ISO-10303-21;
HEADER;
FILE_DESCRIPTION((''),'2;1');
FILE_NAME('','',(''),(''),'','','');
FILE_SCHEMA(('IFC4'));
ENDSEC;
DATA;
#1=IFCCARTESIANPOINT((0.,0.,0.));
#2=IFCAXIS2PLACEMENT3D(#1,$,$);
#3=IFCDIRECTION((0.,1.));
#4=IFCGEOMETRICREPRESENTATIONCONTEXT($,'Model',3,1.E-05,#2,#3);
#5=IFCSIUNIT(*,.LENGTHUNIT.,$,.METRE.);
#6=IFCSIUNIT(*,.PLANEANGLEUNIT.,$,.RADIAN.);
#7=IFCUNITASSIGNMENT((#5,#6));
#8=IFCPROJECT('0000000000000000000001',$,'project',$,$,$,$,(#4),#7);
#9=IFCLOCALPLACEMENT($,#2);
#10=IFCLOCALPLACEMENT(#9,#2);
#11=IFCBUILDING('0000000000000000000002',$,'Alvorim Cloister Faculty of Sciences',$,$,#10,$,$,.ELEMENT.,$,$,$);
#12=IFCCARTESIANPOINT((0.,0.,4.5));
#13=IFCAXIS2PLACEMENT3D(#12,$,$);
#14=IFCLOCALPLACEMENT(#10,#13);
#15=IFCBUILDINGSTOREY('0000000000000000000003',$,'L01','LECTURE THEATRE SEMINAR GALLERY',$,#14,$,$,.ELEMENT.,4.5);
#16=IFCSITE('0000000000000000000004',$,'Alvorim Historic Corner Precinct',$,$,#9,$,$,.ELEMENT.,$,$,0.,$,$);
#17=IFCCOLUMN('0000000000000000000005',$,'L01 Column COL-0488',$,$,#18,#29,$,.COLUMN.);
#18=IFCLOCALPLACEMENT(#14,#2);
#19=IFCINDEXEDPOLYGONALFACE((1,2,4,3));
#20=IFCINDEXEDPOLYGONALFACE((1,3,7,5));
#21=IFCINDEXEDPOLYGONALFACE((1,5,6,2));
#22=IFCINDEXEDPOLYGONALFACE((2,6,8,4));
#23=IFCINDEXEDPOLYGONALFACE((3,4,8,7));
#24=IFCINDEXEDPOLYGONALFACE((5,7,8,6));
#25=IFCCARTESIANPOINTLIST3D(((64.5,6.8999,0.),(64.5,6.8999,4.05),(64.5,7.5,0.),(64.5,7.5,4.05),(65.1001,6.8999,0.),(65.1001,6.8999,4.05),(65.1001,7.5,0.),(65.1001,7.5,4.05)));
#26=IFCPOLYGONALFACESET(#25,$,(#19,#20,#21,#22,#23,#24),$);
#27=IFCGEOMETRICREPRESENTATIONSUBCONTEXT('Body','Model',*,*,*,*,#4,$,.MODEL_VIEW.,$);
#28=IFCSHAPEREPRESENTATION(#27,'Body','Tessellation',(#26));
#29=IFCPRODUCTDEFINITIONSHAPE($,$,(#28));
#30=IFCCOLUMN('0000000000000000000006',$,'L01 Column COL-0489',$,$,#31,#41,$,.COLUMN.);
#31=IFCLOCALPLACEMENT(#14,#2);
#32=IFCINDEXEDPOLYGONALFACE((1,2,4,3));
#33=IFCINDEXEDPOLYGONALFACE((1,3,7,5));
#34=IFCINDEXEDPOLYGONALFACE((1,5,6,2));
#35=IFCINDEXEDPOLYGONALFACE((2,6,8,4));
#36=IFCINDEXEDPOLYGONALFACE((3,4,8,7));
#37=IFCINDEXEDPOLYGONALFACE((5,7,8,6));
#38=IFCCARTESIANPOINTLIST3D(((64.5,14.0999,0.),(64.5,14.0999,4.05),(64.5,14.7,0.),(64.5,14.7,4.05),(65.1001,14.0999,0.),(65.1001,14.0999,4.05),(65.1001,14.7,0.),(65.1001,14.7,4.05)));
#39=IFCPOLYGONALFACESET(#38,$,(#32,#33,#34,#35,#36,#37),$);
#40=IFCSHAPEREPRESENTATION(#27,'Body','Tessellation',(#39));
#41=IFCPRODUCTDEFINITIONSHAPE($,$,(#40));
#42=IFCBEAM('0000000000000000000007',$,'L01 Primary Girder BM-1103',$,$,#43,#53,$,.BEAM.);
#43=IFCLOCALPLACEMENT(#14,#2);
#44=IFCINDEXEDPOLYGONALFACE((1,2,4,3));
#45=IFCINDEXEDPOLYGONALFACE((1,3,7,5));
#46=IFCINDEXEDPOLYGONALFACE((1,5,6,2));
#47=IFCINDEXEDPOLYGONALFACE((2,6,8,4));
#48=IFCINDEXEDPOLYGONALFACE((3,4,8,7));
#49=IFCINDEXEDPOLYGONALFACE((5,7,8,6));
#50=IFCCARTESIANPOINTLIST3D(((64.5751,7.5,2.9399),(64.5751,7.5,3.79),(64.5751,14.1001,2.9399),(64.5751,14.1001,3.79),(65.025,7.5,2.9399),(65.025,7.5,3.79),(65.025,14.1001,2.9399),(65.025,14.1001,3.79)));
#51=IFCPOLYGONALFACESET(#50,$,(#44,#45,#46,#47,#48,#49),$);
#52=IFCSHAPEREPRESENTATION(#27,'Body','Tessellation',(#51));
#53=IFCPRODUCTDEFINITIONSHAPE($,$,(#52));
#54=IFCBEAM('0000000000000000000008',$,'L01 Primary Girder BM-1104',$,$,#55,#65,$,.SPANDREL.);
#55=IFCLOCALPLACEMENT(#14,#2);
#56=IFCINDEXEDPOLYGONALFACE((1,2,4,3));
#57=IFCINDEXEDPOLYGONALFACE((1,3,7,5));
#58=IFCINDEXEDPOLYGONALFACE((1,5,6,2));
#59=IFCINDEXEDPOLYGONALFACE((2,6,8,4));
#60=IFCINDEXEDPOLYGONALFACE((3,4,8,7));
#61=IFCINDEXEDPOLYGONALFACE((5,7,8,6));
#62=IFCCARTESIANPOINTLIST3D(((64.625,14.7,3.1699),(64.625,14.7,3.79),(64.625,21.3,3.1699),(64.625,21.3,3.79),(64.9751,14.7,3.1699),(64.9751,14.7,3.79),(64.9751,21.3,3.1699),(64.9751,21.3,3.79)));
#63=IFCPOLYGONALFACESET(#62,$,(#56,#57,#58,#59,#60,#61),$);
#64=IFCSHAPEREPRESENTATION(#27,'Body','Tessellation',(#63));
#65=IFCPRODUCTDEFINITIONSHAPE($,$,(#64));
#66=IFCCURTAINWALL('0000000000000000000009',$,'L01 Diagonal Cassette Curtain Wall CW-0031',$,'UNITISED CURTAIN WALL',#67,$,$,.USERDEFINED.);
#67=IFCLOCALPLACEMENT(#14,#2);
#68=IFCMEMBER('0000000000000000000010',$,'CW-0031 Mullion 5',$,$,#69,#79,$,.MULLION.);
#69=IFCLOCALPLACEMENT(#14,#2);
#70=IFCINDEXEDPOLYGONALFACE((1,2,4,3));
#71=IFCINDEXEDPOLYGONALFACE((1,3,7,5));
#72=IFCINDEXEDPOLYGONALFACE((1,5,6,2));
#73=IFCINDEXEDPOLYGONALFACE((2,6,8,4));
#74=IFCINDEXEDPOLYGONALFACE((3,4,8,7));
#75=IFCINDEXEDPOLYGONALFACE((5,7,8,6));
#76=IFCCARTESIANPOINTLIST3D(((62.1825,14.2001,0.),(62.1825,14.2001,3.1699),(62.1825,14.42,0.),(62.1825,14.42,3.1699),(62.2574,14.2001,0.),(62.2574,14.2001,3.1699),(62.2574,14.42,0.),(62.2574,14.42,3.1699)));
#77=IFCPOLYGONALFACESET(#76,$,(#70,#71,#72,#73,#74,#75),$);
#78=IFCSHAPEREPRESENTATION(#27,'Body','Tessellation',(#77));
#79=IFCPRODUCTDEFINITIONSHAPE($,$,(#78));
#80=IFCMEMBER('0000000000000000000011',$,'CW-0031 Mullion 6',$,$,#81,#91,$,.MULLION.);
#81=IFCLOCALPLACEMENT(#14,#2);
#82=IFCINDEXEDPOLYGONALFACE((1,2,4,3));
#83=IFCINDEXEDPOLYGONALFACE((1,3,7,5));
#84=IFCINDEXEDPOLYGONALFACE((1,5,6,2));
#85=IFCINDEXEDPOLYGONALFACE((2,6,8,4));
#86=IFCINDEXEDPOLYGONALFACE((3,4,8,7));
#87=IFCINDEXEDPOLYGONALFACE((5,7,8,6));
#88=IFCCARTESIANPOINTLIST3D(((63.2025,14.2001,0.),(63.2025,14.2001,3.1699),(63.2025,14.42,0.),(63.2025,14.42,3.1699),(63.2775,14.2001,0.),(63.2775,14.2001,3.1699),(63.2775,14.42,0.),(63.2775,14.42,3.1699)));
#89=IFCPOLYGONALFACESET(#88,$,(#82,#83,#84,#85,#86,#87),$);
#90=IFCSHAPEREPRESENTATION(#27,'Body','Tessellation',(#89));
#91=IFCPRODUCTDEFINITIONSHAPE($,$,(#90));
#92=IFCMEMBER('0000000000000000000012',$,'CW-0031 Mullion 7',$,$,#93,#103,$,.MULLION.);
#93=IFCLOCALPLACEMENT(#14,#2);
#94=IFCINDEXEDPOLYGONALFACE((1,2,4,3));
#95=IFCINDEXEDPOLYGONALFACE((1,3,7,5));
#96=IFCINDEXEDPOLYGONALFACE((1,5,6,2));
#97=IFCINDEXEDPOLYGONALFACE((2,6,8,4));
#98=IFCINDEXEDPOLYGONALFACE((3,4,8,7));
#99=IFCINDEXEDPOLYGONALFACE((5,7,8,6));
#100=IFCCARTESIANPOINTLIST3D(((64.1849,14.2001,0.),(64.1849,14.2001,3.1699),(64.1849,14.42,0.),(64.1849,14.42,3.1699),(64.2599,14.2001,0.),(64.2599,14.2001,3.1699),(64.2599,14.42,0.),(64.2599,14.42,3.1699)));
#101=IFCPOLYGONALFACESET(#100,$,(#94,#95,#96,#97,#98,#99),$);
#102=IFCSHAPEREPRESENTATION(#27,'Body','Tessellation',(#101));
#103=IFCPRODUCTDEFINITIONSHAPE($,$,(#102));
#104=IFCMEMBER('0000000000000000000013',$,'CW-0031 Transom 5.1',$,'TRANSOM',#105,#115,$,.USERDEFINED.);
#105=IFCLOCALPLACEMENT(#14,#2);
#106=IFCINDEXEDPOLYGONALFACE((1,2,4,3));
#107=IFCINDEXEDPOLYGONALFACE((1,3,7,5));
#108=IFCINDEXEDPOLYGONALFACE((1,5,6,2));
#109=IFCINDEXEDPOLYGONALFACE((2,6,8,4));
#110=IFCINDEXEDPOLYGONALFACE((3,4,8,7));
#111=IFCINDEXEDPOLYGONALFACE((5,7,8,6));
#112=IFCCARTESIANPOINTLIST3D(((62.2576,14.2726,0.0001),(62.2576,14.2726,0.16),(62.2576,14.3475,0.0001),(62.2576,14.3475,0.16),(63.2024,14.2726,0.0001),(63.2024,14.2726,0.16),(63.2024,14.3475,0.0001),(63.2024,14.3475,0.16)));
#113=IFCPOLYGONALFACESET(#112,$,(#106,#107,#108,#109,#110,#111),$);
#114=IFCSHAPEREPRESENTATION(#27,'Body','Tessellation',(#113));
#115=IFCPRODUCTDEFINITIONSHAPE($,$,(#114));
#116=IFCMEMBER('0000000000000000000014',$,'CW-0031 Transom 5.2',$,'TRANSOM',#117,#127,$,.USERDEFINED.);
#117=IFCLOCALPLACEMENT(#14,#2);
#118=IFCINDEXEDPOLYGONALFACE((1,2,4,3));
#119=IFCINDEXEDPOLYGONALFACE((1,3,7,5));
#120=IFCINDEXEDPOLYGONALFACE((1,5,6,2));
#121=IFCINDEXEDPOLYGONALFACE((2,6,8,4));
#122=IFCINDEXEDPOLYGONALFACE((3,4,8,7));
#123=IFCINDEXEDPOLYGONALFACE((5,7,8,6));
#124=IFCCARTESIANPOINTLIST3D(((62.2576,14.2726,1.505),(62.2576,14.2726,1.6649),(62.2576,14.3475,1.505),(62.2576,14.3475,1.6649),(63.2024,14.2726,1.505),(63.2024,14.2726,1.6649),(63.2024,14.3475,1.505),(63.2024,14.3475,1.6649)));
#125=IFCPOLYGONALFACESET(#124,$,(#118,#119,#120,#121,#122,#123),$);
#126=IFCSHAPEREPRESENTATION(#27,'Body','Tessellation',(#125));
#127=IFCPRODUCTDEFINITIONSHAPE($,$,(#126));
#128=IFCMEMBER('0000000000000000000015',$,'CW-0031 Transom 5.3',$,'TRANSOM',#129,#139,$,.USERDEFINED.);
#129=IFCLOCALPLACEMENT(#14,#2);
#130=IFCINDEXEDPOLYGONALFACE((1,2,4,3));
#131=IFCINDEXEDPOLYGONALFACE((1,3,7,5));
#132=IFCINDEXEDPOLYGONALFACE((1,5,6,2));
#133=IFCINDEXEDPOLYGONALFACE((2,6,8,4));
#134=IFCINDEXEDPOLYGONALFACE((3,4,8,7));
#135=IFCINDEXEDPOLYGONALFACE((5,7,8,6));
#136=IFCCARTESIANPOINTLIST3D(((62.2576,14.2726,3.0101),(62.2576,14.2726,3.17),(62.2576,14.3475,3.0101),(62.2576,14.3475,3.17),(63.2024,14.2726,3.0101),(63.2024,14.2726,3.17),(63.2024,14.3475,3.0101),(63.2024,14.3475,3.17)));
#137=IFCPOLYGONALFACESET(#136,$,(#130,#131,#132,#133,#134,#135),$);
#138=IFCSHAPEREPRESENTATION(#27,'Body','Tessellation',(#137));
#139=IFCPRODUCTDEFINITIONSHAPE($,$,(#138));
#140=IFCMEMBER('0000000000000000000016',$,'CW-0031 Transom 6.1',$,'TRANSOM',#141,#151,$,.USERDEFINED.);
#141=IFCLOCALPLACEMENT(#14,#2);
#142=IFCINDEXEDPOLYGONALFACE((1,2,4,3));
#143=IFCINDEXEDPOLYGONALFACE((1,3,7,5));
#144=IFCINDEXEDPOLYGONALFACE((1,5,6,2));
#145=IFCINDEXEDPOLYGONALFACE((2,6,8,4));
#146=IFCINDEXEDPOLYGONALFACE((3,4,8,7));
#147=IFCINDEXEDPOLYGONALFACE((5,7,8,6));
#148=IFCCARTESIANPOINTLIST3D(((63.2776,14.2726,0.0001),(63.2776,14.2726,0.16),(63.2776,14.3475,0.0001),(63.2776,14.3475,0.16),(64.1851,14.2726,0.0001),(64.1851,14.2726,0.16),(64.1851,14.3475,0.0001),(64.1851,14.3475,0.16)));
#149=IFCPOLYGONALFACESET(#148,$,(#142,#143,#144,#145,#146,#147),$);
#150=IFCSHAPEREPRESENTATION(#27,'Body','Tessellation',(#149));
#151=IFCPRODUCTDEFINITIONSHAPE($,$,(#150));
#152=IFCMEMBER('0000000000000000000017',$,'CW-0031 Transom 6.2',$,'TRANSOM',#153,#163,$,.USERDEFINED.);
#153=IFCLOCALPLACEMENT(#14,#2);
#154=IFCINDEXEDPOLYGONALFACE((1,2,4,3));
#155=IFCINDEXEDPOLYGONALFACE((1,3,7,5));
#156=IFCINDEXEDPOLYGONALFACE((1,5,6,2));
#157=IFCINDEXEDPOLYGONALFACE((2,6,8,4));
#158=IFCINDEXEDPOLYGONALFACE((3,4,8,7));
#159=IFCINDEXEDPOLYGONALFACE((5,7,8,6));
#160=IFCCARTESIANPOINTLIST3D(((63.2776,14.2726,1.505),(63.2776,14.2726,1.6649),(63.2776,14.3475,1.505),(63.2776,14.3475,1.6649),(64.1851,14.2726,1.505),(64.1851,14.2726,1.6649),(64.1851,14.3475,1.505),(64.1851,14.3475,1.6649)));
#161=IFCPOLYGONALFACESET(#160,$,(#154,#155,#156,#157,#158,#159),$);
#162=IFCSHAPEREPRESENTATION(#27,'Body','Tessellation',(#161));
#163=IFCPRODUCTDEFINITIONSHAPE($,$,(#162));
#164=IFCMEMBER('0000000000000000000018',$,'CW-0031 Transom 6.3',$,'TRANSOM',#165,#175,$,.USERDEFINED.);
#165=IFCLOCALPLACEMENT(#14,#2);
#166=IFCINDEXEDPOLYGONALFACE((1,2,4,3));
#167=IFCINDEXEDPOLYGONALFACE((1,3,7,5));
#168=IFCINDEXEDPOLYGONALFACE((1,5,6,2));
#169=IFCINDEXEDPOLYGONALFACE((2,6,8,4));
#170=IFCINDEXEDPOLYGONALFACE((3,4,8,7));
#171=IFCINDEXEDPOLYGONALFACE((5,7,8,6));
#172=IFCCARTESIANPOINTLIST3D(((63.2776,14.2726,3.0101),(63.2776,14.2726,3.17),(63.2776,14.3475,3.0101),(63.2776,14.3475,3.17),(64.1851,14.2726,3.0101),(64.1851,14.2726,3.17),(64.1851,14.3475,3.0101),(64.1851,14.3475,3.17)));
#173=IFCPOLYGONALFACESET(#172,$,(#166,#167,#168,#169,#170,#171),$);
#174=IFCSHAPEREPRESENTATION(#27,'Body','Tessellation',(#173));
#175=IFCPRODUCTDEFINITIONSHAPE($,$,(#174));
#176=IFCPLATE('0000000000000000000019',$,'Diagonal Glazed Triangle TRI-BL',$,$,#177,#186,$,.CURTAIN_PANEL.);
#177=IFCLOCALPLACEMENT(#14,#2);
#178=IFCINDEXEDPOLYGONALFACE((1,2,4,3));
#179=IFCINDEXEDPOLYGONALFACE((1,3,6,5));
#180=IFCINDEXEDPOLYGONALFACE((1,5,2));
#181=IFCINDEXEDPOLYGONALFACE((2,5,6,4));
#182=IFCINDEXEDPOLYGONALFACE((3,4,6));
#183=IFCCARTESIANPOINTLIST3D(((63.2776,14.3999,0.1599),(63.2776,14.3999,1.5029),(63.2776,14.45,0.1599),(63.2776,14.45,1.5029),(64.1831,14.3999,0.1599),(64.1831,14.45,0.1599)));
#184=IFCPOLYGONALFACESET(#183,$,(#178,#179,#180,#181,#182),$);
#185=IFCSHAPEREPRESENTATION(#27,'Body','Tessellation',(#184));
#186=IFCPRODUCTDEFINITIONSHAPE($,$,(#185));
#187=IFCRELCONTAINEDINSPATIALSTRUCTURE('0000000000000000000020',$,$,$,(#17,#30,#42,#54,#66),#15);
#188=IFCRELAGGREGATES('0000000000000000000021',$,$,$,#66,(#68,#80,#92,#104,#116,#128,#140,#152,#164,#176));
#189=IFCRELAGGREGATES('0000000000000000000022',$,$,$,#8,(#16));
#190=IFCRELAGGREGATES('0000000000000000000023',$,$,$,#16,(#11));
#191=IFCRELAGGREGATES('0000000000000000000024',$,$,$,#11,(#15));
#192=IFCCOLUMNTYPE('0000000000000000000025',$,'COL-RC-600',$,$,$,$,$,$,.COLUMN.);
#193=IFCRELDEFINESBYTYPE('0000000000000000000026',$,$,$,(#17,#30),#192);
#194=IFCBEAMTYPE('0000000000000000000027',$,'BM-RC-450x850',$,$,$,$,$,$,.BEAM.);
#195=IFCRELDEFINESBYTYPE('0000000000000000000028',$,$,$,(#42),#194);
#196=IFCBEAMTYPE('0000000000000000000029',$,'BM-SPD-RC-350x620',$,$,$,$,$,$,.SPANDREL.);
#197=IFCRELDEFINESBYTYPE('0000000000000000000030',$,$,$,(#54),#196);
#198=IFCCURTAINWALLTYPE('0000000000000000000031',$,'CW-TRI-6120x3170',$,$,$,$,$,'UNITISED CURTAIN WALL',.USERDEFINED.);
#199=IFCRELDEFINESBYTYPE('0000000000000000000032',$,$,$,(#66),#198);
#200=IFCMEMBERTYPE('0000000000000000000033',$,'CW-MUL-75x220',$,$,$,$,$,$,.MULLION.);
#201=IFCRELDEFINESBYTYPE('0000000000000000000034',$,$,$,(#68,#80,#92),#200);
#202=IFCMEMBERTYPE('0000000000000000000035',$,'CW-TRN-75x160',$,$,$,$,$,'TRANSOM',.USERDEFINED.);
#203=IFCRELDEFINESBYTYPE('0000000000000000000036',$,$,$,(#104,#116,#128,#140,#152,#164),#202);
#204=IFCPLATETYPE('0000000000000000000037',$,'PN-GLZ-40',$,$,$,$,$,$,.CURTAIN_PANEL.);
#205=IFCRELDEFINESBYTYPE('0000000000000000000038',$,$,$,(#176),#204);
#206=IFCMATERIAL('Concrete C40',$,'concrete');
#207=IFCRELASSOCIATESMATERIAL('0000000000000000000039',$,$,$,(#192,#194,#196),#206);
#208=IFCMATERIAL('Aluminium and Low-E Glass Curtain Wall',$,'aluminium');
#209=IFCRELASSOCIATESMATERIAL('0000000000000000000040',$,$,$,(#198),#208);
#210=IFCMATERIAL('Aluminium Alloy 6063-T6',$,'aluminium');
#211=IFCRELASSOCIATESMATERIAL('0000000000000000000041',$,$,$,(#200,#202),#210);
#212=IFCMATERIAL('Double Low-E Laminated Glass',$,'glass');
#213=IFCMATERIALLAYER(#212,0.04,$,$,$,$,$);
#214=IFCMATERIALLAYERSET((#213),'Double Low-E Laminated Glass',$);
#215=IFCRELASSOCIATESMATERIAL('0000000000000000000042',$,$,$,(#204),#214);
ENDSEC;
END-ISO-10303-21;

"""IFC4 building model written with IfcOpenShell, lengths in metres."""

from ifc_helpers import new_model, si_unit, direction, frame, origin, origin_2d, place, context, subcontext, project, spatial, polyline, rectangle, outline, extrude, material, layer, layer_set, material_profile, profile_set, type_object, element, aggregate, save


model = new_model("IFC4")

# Units and contexts
model_context = context("Model", 3, precision=1e-05, world=origin(), true_north=direction((0.0, 1.0)))
body_context = subcontext(model_context, "Body", "Model", "MODEL_VIEW")
ifc_project = project(units=[si_unit("LENGTHUNIT", "METRE"), si_unit("PLANEANGLEUNIT", "RADIAN")], contexts=[model_context])

# Site, building, storey
site_placement = place(None, origin())
site = spatial("IfcSite", under=ifc_project, at=site_placement, Name="Alvorim Historic Corner Precinct", CompositionType="ELEMENT", RefElevation=0.0)
building_placement = place(site_placement, origin())
building = spatial("IfcBuilding", under=site, at=building_placement, Name="Alvorim Cloister Faculty of Sciences", CompositionType="ELEMENT")
storey_placement = place(building_placement, frame((0.0, 0.0, 4.5)))
storey = spatial("IfcBuildingStorey", under=building, at=storey_placement, Name="L01", Description="LECTURE THEATRE SEMINAR GALLERY", CompositionType="ELEMENT", Elevation=4.5)

# Columns
ifc_material_1 = material(Name="Concrete C40", Category="concrete")
ifc_material_profile_1 = material_profile(ifc_material_1, rectangle(XDim=0.6001, YDim=0.6001, at=origin_2d()), Name="RC40-COL-600x600")
ifc_profile_set_1 = profile_set([ifc_material_profile_1], Name="Concrete C40")
column_type = type_object("IfcColumnType", Name="COL-RC-600", PredefinedType="COLUMN", material=ifc_profile_set_1)
for number, where, z_axis, x_axis, name in (
    (1, (64.8, 7.2, 0.0), (0.0, 0.0, 1.0), (1.0, 0.0, 0.0), "L01 Column COL-0488"),
    (2, (64.8, 14.3999, 0.0), (0.0, 0.0, 1.0), (1.0, 0.0, 0.0), "L01 Column COL-0489"),
):
    element("IfcColumn", number, at=place(storey_placement, frame(where, z_axis=z_axis, x_axis=x_axis)), inside=storey, type_object=column_type, Name=name, PredefinedType="COLUMN", context=body_context, shape_type="SweptSolid", body=[
        extrude(rectangle(XDim=0.6001, YDim=0.6001, at=origin_2d()), origin(), (0.0, 0.0, 1.0), 4.05),
    ])

# Beams
ifc_material_profile_2 = material_profile(ifc_material_1, rectangle(XDim=0.45, YDim=0.8501, at=origin_2d()), Name="RC40-BM-450x850")
ifc_profile_set_2 = profile_set([ifc_material_profile_2], Name="Concrete C40")
beam_type_1 = type_object("IfcBeamType", Name="BM-RC-450x850", PredefinedType="BEAM", material=ifc_profile_set_2)
beam_1_placement = place(storey_placement, frame((64.8, 7.5, 3.365), z_axis=(0.0, 1.0, 0.0), x_axis=(-1.0, 0.0, 0.0)))
element("IfcBeam", 3, at=beam_1_placement, inside=storey, type_object=beam_type_1, Name="L01 Primary Girder BM-1103", PredefinedType="BEAM", context=body_context, shape_type="SweptSolid", body=[
    extrude(rectangle(XDim=0.45, YDim=0.8501, at=origin_2d()), origin(), (0.0, 0.0, 1.0), 6.6001),
])
ifc_material_profile_3 = material_profile(ifc_material_1, rectangle(XDim=0.3501, YDim=0.6201, at=origin_2d()), Name="RC40-SPD-350x620")
ifc_profile_set_3 = profile_set([ifc_material_profile_3], Name="Concrete C40")
beam_type_2 = type_object("IfcBeamType", Name="BM-SPD-RC-350x620", PredefinedType="SPANDREL", material=ifc_profile_set_3)
beam_2_placement = place(storey_placement, frame((64.8, 14.7, 3.48), z_axis=(0.0, 1.0, 0.0), x_axis=(-1.0, 0.0, 0.0)))
element("IfcBeam", 4, at=beam_2_placement, inside=storey, type_object=beam_type_2, Name="L01 Primary Girder BM-1104", PredefinedType="SPANDREL", context=body_context, shape_type="SweptSolid", body=[
    extrude(rectangle(XDim=0.3501, YDim=0.6201, at=origin_2d()), origin(), (0.0, 0.0, 1.0), 6.6001),
])

# Curtain wall, members, plate
ifc_material_2 = material(Name="Aluminium and Low-E Glass Curtain Wall", Category="aluminium")
curtain_wall_type = type_object("IfcCurtainWallType", Name="CW-TRI-6120x3170", ElementType="UNITISED CURTAIN WALL", PredefinedType="USERDEFINED", material=ifc_material_2)
curtain_wall_placement = place(storey_placement, origin())
curtain_wall = element("IfcCurtainWall", 5, at=curtain_wall_placement, inside=storey, type_object=curtain_wall_type, Name="L01 Diagonal Cassette Curtain Wall CW-0031", ObjectType="UNITISED CURTAIN WALL", PredefinedType="USERDEFINED")
ifc_material_3 = material(Name="Aluminium Alloy 6063-T6", Category="aluminium")
ifc_material_profile_4 = material_profile(ifc_material_3, rectangle(XDim=0.075, YDim=0.22, at=origin_2d()), Name="ALU-MUL-75x220")
ifc_profile_set_4 = profile_set([ifc_material_profile_4], Name="Aluminium Alloy 6063-T6")
member_type_1 = type_object("IfcMemberType", Name="CW-MUL-75x220", PredefinedType="MULLION", material=ifc_profile_set_4)
member_1_placement = place(storey_placement, frame((62.22, 14.3101, 0.0), z_axis=(0.0, 0.0, 1.0), x_axis=(1.0, 0.0, 0.0)))
member_1 = element("IfcMember", 6, at=member_1_placement, type_object=member_type_1, Name="CW-0031 Mullion 5", PredefinedType="MULLION", context=body_context, shape_type="SweptSolid", body=[
    extrude(rectangle(XDim=0.075, YDim=0.22, at=origin_2d()), origin(), (0.0, 0.0, 1.0), 3.1699),
])
member_2_placement = place(storey_placement, frame((63.24, 14.3101, 0.0), z_axis=(0.0, 0.0, 1.0), x_axis=(1.0, 0.0, 0.0)))
member_2 = element("IfcMember", 7, at=member_2_placement, type_object=member_type_1, Name="CW-0031 Mullion 6", PredefinedType="MULLION", context=body_context, shape_type="SweptSolid", body=[
    extrude(rectangle(XDim=0.075, YDim=0.22, at=origin_2d()), origin(), (0.0, 0.0, 1.0), 3.1699),
])
member_3_placement = place(storey_placement, frame((64.2224, 14.3101, 0.0), z_axis=(0.0, 0.0, 1.0), x_axis=(1.0, 0.0, 0.0)))
member_3 = element("IfcMember", 8, at=member_3_placement, type_object=member_type_1, Name="CW-0031 Mullion 7", PredefinedType="MULLION", context=body_context, shape_type="SweptSolid", body=[
    extrude(rectangle(XDim=0.075, YDim=0.22, at=origin_2d()), origin(), (0.0, 0.0, 1.0), 3.1699),
])
ifc_material_profile_5 = material_profile(ifc_material_3, rectangle(XDim=0.075, YDim=0.1599, at=origin_2d()), Name="ALU-TRN-75x160")
ifc_profile_set_5 = profile_set([ifc_material_profile_5], Name="Aluminium Alloy 6063-T6")
member_type_2 = type_object("IfcMemberType", Name="CW-TRN-75x160", ElementType="TRANSOM", PredefinedType="USERDEFINED", material=ifc_profile_set_5)
member_4_placement = place(storey_placement, frame((62.2576, 14.3101, 0.0801), z_axis=(1.0, 0.0, 0.0), x_axis=(0.0, 1.0, 0.0)))
member_4 = element("IfcMember", 9, at=member_4_placement, type_object=member_type_2, Name="CW-0031 Transom 5.1", ObjectType="TRANSOM", PredefinedType="USERDEFINED", context=body_context, shape_type="SweptSolid", body=[
    extrude(rectangle(XDim=0.075, YDim=0.1599, at=origin_2d()), origin(), (0.0, 0.0, 1.0), 0.9448),
])
member_5_placement = place(storey_placement, frame((62.2576, 14.3101, 1.585), z_axis=(1.0, 0.0, 0.0), x_axis=(0.0, 1.0, 0.0)))
member_5 = element("IfcMember", 10, at=member_5_placement, type_object=member_type_2, Name="CW-0031 Transom 5.2", ObjectType="TRANSOM", PredefinedType="USERDEFINED", context=body_context, shape_type="SweptSolid", body=[
    extrude(rectangle(XDim=0.075, YDim=0.1599, at=origin_2d()), origin(), (0.0, 0.0, 1.0), 0.9448),
])
member_6_placement = place(storey_placement, frame((62.2576, 14.3101, 3.0901), z_axis=(1.0, 0.0, 0.0), x_axis=(0.0, 1.0, 0.0)))
member_6 = element("IfcMember", 11, at=member_6_placement, type_object=member_type_2, Name="CW-0031 Transom 5.3", ObjectType="TRANSOM", PredefinedType="USERDEFINED", context=body_context, shape_type="SweptSolid", body=[
    extrude(rectangle(XDim=0.075, YDim=0.1599, at=origin_2d()), origin(), (0.0, 0.0, 1.0), 0.9448),
])
member_7_placement = place(storey_placement, frame((63.2776, 14.3101, 0.0801), z_axis=(1.0, 0.0, 0.0), x_axis=(0.0, 1.0, 0.0)))
member_7 = element("IfcMember", 12, at=member_7_placement, type_object=member_type_2, Name="CW-0031 Transom 6.1", ObjectType="TRANSOM", PredefinedType="USERDEFINED", context=body_context, shape_type="SweptSolid", body=[
    extrude(rectangle(XDim=0.075, YDim=0.1599, at=origin_2d()), origin(), (0.0, 0.0, 1.0), 0.9075),
])
member_8_placement = place(storey_placement, frame((63.2776, 14.3101, 1.585), z_axis=(1.0, 0.0, 0.0), x_axis=(0.0, 1.0, 0.0)))
member_8 = element("IfcMember", 13, at=member_8_placement, type_object=member_type_2, Name="CW-0031 Transom 6.2", ObjectType="TRANSOM", PredefinedType="USERDEFINED", context=body_context, shape_type="SweptSolid", body=[
    extrude(rectangle(XDim=0.075, YDim=0.1599, at=origin_2d()), origin(), (0.0, 0.0, 1.0), 0.9075),
])
member_9_placement = place(storey_placement, frame((63.2776, 14.3101, 3.0901), z_axis=(1.0, 0.0, 0.0), x_axis=(0.0, 1.0, 0.0)))
member_9 = element("IfcMember", 14, at=member_9_placement, type_object=member_type_2, Name="CW-0031 Transom 6.3", ObjectType="TRANSOM", PredefinedType="USERDEFINED", context=body_context, shape_type="SweptSolid", body=[
    extrude(rectangle(XDim=0.075, YDim=0.1599, at=origin_2d()), origin(), (0.0, 0.0, 1.0), 0.9075),
])
ifc_material_4 = material(Name="Double Low-E Laminated Glass", Category="glass")
ifc_layer_1 = layer(ifc_material_4, 0.04)
ifc_layer_set_1 = layer_set([ifc_layer_1], Name="Double Low-E Laminated Glass")
plate_type = type_object("IfcPlateType", Name="PN-GLZ-40", PredefinedType="CURTAIN_PANEL", material=ifc_layer_set_1)
plate_1_placement = place(storey_placement, frame((63.2776, 14.425, 0.1599), z_axis=(0.0, 0.0, 1.0), x_axis=(1.0, 0.0, 0.0)))
plate_1 = element("IfcPlate", 15, at=plate_1_placement, type_object=plate_type, Name="Diagonal Glazed Triangle TRI-BL", PredefinedType="CURTAIN_PANEL", context=body_context, shape_type="SweptSolid", body=[
    extrude(outline(polyline([(0.0, 0.0), (0.9055, 0.0), (0.0, 1.343), (0.0, 0.0)])), frame((0.0, 0.0249, 0.0), z_axis=(0.0, -1.0, 0.0), x_axis=(1.0, 0.0, 0.0)), (0.0, 0.0, 1.0), 0.05),
])
aggregate(curtain_wall, [member_1, member_2, member_3, member_4, member_5, member_6, member_7, member_8, member_9, plate_1])

save(model, "model.ifc")
